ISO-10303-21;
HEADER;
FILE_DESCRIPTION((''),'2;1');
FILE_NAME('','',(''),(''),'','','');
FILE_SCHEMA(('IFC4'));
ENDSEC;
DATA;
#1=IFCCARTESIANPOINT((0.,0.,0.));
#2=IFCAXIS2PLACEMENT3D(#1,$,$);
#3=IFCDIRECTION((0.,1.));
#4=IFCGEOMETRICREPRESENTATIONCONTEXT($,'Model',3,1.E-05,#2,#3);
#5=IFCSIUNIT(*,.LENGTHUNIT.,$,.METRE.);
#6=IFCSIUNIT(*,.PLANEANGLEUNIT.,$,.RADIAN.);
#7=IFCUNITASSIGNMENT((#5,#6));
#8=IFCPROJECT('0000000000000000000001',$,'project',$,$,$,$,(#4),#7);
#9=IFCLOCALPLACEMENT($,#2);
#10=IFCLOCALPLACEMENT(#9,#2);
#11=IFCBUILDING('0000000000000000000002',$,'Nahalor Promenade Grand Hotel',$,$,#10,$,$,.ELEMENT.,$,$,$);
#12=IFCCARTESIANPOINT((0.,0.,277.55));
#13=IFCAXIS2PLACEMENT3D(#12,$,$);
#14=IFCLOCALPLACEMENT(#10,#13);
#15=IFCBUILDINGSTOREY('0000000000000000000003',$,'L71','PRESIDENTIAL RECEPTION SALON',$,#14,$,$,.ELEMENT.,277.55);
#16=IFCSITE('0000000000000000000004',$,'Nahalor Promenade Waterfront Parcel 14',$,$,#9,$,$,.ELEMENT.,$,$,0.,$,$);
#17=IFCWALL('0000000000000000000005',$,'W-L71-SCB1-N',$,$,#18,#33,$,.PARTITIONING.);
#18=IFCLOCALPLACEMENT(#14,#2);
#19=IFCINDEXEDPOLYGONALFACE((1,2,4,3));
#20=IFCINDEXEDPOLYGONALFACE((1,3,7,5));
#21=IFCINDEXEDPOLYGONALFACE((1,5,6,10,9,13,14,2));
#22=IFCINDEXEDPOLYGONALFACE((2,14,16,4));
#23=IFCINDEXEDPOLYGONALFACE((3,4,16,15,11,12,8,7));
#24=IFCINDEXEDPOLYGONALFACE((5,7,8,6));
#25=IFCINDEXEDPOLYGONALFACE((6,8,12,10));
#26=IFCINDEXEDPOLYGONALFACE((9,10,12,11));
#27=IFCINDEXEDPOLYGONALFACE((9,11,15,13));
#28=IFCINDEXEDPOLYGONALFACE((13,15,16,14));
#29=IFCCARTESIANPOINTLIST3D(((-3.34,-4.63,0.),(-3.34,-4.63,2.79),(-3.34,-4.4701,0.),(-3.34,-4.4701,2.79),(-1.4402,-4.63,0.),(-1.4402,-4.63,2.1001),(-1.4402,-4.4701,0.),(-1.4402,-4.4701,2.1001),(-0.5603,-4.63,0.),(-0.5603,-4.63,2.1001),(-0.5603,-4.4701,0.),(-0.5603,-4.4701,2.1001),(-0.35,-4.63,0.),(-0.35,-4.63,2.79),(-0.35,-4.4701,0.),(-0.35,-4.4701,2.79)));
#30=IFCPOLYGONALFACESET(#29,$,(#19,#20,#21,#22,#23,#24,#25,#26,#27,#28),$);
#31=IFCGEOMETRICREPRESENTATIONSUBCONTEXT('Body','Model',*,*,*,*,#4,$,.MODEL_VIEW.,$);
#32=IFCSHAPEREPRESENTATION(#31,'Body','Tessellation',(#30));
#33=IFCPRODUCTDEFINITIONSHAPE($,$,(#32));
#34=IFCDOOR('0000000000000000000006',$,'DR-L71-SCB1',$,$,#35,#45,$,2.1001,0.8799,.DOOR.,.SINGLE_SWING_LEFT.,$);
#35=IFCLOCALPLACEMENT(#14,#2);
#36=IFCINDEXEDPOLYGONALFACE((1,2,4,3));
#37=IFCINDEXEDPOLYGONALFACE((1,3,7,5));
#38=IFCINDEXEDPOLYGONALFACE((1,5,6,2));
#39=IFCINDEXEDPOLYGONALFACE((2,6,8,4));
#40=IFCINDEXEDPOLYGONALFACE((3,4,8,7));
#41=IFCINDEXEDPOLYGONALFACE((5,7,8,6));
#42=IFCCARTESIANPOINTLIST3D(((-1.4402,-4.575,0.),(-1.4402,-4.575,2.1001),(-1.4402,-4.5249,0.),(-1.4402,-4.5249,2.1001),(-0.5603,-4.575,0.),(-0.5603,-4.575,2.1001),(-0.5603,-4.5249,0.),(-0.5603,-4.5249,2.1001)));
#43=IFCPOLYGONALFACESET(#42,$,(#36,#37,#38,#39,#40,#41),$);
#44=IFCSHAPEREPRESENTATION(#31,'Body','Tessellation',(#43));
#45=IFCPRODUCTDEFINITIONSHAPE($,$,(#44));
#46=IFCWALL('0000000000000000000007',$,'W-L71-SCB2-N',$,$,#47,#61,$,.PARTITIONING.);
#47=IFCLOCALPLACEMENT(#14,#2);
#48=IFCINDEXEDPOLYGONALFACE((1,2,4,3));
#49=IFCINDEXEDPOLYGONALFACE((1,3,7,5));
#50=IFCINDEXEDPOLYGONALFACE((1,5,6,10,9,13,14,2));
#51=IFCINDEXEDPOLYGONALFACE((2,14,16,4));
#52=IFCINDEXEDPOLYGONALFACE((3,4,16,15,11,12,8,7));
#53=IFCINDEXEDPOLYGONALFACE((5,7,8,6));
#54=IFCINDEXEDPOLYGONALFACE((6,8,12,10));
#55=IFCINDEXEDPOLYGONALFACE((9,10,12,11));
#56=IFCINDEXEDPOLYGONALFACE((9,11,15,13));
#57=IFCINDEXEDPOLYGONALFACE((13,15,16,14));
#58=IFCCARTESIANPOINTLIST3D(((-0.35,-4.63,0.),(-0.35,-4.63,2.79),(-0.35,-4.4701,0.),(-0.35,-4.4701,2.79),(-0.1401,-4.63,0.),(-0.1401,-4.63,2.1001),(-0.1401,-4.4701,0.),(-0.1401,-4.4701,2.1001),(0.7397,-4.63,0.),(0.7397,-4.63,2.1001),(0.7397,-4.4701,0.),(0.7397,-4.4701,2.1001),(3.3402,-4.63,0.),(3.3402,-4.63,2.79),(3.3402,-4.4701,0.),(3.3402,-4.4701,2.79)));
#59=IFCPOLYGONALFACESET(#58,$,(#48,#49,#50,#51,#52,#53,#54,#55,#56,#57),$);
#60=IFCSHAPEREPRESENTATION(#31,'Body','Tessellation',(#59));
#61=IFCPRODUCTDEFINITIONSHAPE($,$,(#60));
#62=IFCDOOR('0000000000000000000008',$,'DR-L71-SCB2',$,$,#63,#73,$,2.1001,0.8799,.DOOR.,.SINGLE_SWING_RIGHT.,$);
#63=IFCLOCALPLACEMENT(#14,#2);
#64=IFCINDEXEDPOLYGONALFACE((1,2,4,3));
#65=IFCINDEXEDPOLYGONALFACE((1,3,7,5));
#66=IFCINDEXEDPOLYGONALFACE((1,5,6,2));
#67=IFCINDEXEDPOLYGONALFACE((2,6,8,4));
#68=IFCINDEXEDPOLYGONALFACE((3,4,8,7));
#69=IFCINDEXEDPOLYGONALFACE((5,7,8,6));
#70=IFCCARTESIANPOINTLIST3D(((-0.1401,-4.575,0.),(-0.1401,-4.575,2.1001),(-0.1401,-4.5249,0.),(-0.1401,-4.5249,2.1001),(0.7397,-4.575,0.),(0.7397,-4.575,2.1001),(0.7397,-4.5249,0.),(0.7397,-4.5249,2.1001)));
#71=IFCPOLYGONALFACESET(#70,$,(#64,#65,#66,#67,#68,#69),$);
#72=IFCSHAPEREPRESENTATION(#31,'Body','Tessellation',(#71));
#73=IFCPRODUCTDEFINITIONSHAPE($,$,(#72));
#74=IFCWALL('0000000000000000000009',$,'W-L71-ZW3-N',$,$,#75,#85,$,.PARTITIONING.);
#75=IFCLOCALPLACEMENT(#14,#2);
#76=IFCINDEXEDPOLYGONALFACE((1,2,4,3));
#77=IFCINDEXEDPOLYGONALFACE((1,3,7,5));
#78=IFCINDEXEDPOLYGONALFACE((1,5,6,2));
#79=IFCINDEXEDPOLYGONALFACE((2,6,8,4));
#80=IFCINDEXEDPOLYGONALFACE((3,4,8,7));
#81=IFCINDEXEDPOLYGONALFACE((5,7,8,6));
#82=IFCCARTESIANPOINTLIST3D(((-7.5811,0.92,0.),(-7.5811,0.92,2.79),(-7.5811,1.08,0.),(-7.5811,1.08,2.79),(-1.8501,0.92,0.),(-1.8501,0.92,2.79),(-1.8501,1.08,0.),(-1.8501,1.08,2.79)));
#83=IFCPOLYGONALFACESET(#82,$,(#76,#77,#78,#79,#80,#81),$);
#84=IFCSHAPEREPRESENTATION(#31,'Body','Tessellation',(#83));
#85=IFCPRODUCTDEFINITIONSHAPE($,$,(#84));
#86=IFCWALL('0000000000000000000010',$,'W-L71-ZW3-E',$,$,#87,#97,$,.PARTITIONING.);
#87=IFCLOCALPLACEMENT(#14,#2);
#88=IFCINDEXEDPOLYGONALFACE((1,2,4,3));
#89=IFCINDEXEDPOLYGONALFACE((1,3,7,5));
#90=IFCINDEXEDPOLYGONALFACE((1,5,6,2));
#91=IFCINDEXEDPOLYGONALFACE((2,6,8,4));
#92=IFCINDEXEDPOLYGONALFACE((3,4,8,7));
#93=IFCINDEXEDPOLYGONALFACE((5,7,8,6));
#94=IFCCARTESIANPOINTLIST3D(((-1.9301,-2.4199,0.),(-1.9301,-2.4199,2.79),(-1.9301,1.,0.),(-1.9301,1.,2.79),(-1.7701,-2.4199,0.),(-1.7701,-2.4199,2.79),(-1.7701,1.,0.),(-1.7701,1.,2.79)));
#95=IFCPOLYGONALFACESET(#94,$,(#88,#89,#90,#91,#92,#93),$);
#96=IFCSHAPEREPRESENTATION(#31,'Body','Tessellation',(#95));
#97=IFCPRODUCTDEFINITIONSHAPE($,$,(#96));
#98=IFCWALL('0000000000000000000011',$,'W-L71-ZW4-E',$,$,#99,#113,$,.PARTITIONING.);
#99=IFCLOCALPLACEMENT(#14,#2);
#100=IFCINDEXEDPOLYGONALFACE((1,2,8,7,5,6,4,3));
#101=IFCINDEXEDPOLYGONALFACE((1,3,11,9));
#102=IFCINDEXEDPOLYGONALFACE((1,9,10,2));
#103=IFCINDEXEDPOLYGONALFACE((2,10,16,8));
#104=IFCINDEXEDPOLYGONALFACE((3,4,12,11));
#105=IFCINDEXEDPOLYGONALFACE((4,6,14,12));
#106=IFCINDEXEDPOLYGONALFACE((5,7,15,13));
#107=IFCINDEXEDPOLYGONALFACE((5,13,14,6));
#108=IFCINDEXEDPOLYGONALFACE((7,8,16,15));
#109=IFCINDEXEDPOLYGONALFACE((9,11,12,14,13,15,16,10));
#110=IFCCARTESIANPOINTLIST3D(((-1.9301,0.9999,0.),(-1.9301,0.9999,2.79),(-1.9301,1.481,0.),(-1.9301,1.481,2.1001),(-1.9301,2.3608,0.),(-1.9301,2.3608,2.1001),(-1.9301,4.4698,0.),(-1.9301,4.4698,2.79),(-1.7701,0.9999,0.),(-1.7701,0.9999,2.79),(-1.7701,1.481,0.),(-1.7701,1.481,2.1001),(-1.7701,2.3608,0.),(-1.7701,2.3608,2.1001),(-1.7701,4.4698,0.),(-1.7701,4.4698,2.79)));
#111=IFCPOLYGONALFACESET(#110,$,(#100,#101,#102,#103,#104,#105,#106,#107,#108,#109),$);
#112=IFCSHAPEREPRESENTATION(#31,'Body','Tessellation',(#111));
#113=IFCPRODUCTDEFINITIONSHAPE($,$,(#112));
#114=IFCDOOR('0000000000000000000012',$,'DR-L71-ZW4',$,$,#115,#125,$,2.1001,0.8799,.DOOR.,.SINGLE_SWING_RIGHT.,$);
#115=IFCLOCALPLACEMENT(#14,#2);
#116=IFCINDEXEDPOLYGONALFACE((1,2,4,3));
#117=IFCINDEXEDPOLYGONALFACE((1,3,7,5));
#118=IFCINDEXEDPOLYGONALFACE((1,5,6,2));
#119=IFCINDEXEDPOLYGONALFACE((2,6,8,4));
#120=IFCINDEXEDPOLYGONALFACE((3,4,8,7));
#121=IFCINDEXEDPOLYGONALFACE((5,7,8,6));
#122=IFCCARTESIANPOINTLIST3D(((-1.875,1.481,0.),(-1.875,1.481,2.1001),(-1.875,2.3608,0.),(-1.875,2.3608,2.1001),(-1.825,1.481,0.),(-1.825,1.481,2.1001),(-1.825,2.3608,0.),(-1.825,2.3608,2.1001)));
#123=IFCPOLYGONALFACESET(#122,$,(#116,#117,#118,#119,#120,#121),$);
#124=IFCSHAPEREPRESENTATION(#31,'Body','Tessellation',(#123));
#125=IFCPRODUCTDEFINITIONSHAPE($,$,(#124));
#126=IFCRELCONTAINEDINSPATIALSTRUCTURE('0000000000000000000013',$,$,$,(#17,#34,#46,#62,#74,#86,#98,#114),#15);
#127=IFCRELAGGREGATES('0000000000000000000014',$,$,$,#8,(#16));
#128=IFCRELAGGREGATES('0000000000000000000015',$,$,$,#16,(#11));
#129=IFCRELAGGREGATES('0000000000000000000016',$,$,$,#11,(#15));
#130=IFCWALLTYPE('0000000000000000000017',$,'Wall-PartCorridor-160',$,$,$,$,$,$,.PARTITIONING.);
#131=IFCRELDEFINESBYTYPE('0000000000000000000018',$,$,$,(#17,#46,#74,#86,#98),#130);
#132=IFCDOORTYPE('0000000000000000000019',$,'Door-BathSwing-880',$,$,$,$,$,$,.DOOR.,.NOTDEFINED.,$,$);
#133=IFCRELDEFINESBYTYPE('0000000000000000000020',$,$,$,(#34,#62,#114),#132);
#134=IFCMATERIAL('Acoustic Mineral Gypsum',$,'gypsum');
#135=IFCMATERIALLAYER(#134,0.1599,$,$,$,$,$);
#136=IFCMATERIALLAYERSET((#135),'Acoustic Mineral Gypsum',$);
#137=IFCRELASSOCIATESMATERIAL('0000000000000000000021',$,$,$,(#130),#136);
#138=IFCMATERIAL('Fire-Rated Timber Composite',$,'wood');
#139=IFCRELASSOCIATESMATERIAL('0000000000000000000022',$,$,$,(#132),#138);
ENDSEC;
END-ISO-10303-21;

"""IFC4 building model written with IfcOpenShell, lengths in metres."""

from ifc_helpers import new_model, si_unit, direction, frame, frame_2d, origin, place, context, subcontext, project, spatial, rectangle, extrude, source, transform, mapped, material, layer, layer_set, type_object, element, fill, save


model = new_model("IFC4")

# Units and contexts
model_context = context("Model", 3, precision=1e-05, world=origin(), true_north=direction((0.0, 1.0)))
body_context = subcontext(model_context, "Body", "Model", "MODEL_VIEW")
ifc_project = project(units=[si_unit("LENGTHUNIT", "METRE"), si_unit("PLANEANGLEUNIT", "RADIAN")], contexts=[model_context])

# Site, building, storey
site_placement = place(None, origin())
site = spatial("IfcSite", under=ifc_project, at=site_placement, Name="Nahalor Promenade Waterfront Parcel 14", CompositionType="ELEMENT", RefElevation=0.0)
building_placement = place(site_placement, origin())
building = spatial("IfcBuilding", under=site, at=building_placement, Name="Nahalor Promenade Grand Hotel", CompositionType="ELEMENT")
storey_placement = place(building_placement, frame((0.0, 0.0, 277.55)))
storey = spatial("IfcBuildingStorey", under=building, at=storey_placement, Name="L71", Description="PRESIDENTIAL RECEPTION SALON", CompositionType="ELEMENT", Elevation=277.55)

# Walls, openings, doors
ifc_material_1 = material(Name="Acoustic Mineral Gypsum", Category="gypsum")
ifc_layer_1 = layer(ifc_material_1, 0.1599)
ifc_layer_set_1 = layer_set([ifc_layer_1], Name="Acoustic Mineral Gypsum")
wall_type = type_object("IfcWallType", Name="Wall-PartCorridor-160", PredefinedType="PARTITIONING", material=ifc_layer_set_1)
shared_shape_1 = source(origin(), body_context, "Body", "SweptSolid", [
    extrude(rectangle(XDim=2.99, YDim=0.1599, at=frame_2d((1.4951, 0.0))), origin(), (0.0, 0.0, 1.0), 2.79),
])
wall_1_placement = place(storey_placement, frame((-3.3401, -4.55, 0.0), z_axis=(0.0, 0.0, 1.0), x_axis=(1.0, 0.0, 0.0)))
wall_1 = element("IfcWall", 1, at=wall_1_placement, inside=storey, type_object=wall_type, Name="W-L71-SCB1-N", PredefinedType="PARTITIONING", context=body_context, shape_type="MappedRepresentation", body=[
    mapped(shared_shape_1, transform((0.0, 0.0, 0.0), scale=1.0)),
])
opening_1_placement = place(wall_1_placement, frame((1.8999, 0.0, 0.0)))
opening_1 = element("IfcOpeningElement", 2, at=opening_1_placement, cuts=wall_1, PredefinedType="OPENING", context=body_context, shape_type="SweptSolid", body=[
    extrude(rectangle(XDim=0.8799, YDim=2.1001, at=frame_2d((0.4399, 1.05))), frame((0.0, 0.0898, 0.0), z_axis=(0.0, -1.0, 0.0), x_axis=(1.0, 0.0, 0.0)), (0.0, 0.0, 1.0), 0.1799),
])
ifc_material_2 = material(Name="Fire-Rated Timber Composite", Category="wood")
door_type = type_object("IfcDoorType", Name="Door-BathSwing-880", OperationType="NOTDEFINED", PredefinedType="DOOR", material=ifc_material_2)
shared_shape_2 = source(origin(), body_context, "Body", "SweptSolid", [
    extrude(rectangle(XDim=0.8799, YDim=2.1001, at=frame_2d((0.4399, 1.05))), frame((0.0, 0.0249, 0.0), z_axis=(0.0, -1.0, 0.0), x_axis=(1.0, 0.0, 0.0)), (0.0, 0.0, 1.0), 0.05),
])
door_1_placement = place(opening_1_placement, frame((0.8799, 0.0, 0.0), z_axis=(0.0, 0.0, 1.0), x_axis=(-1.0, 0.0, 0.0)))
door_1 = element("IfcDoor", 3, at=door_1_placement, inside=storey, type_object=door_type, Name="DR-L71-SCB1", OperationType="SINGLE_SWING_LEFT", OverallHeight=2.1001, OverallWidth=0.8799, PredefinedType="DOOR", context=body_context, shape_type="MappedRepresentation", body=[
    mapped(shared_shape_2, transform((0.0, 0.0, 0.0), scale=1.0)),
])
fill(opening_1, door_1)
shared_shape_3 = source(origin(), body_context, "Body", "SweptSolid", [
    extrude(rectangle(XDim=3.6902, YDim=0.1599, at=frame_2d((1.8452, 0.0))), origin(), (0.0, 0.0, 1.0), 2.79),
])
wall_2_placement = place(storey_placement, frame((-0.3501, -4.55, 0.0), z_axis=(0.0, 0.0, 1.0), x_axis=(1.0, 0.0, 0.0)))
wall_2 = element("IfcWall", 4, at=wall_2_placement, inside=storey, type_object=wall_type, Name="W-L71-SCB2-N", PredefinedType="PARTITIONING", context=body_context, shape_type="MappedRepresentation", body=[
    mapped(shared_shape_3, transform((0.0, 0.0, 0.0), scale=1.0)),
])
opening_2_placement = place(wall_2_placement, frame((0.21, 0.0, 0.0)))
opening_2 = element("IfcOpeningElement", 5, at=opening_2_placement, cuts=wall_2, PredefinedType="OPENING", context=body_context, shape_type="SweptSolid", body=[
    extrude(rectangle(XDim=0.8799, YDim=2.1001, at=frame_2d((0.4399, 1.05))), frame((0.0, 0.0898, 0.0), z_axis=(0.0, -1.0, 0.0), x_axis=(1.0, 0.0, 0.0)), (0.0, 0.0, 1.0), 0.1799),
])
door_2_placement = place(opening_2_placement, frame((0.8799, 0.0, 0.0), z_axis=(0.0, 0.0, 1.0), x_axis=(-1.0, 0.0, 0.0)))
door_2 = element("IfcDoor", 6, at=door_2_placement, inside=storey, type_object=door_type, Name="DR-L71-SCB2", OperationType="SINGLE_SWING_RIGHT", OverallHeight=2.1001, OverallWidth=0.8799, PredefinedType="DOOR", context=body_context, shape_type="MappedRepresentation", body=[
    mapped(shared_shape_2, transform((0.0, 0.0, 0.0), scale=1.0)),
])
fill(opening_2, door_2)

# Walls
shared_shape_4 = source(origin(), body_context, "Body", "SweptSolid", [
    extrude(rectangle(XDim=5.731, YDim=0.1599, at=frame_2d((2.8655, 0.0))), origin(), (0.0, 0.0, 1.0), 2.79),
])
wall_3_placement = place(storey_placement, frame((-7.5811, 1.0, 0.0), z_axis=(0.0, 0.0, 1.0), x_axis=(1.0, 0.0, 0.0)))
element("IfcWall", 7, at=wall_3_placement, inside=storey, type_object=wall_type, Name="W-L71-ZW3-N", PredefinedType="PARTITIONING", context=body_context, shape_type="MappedRepresentation", body=[
    mapped(shared_shape_4, transform((0.0, 0.0, 0.0), scale=1.0)),
])
shared_shape_5 = source(origin(), body_context, "Body", "SweptSolid", [
    extrude(rectangle(XDim=3.4199, YDim=0.1599, at=frame_2d((1.71, 0.0))), origin(), (0.0, 0.0, 1.0), 2.79),
])
wall_4_placement = place(storey_placement, frame((-1.8501, -2.4199, 0.0), z_axis=(0.0, 0.0, 1.0), x_axis=(0.0, 1.0, 0.0)))
element("IfcWall", 8, at=wall_4_placement, inside=storey, type_object=wall_type, Name="W-L71-ZW3-E", PredefinedType="PARTITIONING", context=body_context, shape_type="MappedRepresentation", body=[
    mapped(shared_shape_5, transform((0.0, 0.0, 0.0), scale=1.0)),
])

# Wall, opening, door
shared_shape_6 = source(origin(), body_context, "Body", "SweptSolid", [
    extrude(rectangle(XDim=3.47, YDim=0.1599, at=frame_2d((1.7349, 0.0))), origin(), (0.0, 0.0, 1.0), 2.79),
])
wall_5_placement = place(storey_placement, frame((-1.8501, 1.0, 0.0), z_axis=(0.0, 0.0, 1.0), x_axis=(0.0, 1.0, 0.0)))
wall_5 = element("IfcWall", 9, at=wall_5_placement, inside=storey, type_object=wall_type, Name="W-L71-ZW4-E", PredefinedType="PARTITIONING", context=body_context, shape_type="MappedRepresentation", body=[
    mapped(shared_shape_6, transform((0.0, 0.0, 0.0), scale=1.0)),
])
opening_3_placement = place(wall_5_placement, frame((0.481, 0.0, 0.0)))
opening_3 = element("IfcOpeningElement", 10, at=opening_3_placement, cuts=wall_5, PredefinedType="OPENING", context=body_context, shape_type="SweptSolid", body=[
    extrude(rectangle(XDim=0.8799, YDim=2.1001, at=frame_2d((0.4399, 1.05))), frame((0.0, 0.0898, 0.0), z_axis=(0.0, -1.0, 0.0), x_axis=(1.0, 0.0, 0.0)), (0.0, 0.0, 1.0), 0.1799),
])
door_3_placement = place(opening_3_placement, origin())
door_3 = element("IfcDoor", 11, at=door_3_placement, inside=storey, type_object=door_type, Name="DR-L71-ZW4", OperationType="SINGLE_SWING_RIGHT", OverallHeight=2.1001, OverallWidth=0.8799, PredefinedType="DOOR", context=body_context, shape_type="MappedRepresentation", body=[
    mapped(shared_shape_2, transform((0.0, 0.0, 0.0), scale=1.0)),
])
fill(opening_3, door_3)

save(model, "model.ifc")
